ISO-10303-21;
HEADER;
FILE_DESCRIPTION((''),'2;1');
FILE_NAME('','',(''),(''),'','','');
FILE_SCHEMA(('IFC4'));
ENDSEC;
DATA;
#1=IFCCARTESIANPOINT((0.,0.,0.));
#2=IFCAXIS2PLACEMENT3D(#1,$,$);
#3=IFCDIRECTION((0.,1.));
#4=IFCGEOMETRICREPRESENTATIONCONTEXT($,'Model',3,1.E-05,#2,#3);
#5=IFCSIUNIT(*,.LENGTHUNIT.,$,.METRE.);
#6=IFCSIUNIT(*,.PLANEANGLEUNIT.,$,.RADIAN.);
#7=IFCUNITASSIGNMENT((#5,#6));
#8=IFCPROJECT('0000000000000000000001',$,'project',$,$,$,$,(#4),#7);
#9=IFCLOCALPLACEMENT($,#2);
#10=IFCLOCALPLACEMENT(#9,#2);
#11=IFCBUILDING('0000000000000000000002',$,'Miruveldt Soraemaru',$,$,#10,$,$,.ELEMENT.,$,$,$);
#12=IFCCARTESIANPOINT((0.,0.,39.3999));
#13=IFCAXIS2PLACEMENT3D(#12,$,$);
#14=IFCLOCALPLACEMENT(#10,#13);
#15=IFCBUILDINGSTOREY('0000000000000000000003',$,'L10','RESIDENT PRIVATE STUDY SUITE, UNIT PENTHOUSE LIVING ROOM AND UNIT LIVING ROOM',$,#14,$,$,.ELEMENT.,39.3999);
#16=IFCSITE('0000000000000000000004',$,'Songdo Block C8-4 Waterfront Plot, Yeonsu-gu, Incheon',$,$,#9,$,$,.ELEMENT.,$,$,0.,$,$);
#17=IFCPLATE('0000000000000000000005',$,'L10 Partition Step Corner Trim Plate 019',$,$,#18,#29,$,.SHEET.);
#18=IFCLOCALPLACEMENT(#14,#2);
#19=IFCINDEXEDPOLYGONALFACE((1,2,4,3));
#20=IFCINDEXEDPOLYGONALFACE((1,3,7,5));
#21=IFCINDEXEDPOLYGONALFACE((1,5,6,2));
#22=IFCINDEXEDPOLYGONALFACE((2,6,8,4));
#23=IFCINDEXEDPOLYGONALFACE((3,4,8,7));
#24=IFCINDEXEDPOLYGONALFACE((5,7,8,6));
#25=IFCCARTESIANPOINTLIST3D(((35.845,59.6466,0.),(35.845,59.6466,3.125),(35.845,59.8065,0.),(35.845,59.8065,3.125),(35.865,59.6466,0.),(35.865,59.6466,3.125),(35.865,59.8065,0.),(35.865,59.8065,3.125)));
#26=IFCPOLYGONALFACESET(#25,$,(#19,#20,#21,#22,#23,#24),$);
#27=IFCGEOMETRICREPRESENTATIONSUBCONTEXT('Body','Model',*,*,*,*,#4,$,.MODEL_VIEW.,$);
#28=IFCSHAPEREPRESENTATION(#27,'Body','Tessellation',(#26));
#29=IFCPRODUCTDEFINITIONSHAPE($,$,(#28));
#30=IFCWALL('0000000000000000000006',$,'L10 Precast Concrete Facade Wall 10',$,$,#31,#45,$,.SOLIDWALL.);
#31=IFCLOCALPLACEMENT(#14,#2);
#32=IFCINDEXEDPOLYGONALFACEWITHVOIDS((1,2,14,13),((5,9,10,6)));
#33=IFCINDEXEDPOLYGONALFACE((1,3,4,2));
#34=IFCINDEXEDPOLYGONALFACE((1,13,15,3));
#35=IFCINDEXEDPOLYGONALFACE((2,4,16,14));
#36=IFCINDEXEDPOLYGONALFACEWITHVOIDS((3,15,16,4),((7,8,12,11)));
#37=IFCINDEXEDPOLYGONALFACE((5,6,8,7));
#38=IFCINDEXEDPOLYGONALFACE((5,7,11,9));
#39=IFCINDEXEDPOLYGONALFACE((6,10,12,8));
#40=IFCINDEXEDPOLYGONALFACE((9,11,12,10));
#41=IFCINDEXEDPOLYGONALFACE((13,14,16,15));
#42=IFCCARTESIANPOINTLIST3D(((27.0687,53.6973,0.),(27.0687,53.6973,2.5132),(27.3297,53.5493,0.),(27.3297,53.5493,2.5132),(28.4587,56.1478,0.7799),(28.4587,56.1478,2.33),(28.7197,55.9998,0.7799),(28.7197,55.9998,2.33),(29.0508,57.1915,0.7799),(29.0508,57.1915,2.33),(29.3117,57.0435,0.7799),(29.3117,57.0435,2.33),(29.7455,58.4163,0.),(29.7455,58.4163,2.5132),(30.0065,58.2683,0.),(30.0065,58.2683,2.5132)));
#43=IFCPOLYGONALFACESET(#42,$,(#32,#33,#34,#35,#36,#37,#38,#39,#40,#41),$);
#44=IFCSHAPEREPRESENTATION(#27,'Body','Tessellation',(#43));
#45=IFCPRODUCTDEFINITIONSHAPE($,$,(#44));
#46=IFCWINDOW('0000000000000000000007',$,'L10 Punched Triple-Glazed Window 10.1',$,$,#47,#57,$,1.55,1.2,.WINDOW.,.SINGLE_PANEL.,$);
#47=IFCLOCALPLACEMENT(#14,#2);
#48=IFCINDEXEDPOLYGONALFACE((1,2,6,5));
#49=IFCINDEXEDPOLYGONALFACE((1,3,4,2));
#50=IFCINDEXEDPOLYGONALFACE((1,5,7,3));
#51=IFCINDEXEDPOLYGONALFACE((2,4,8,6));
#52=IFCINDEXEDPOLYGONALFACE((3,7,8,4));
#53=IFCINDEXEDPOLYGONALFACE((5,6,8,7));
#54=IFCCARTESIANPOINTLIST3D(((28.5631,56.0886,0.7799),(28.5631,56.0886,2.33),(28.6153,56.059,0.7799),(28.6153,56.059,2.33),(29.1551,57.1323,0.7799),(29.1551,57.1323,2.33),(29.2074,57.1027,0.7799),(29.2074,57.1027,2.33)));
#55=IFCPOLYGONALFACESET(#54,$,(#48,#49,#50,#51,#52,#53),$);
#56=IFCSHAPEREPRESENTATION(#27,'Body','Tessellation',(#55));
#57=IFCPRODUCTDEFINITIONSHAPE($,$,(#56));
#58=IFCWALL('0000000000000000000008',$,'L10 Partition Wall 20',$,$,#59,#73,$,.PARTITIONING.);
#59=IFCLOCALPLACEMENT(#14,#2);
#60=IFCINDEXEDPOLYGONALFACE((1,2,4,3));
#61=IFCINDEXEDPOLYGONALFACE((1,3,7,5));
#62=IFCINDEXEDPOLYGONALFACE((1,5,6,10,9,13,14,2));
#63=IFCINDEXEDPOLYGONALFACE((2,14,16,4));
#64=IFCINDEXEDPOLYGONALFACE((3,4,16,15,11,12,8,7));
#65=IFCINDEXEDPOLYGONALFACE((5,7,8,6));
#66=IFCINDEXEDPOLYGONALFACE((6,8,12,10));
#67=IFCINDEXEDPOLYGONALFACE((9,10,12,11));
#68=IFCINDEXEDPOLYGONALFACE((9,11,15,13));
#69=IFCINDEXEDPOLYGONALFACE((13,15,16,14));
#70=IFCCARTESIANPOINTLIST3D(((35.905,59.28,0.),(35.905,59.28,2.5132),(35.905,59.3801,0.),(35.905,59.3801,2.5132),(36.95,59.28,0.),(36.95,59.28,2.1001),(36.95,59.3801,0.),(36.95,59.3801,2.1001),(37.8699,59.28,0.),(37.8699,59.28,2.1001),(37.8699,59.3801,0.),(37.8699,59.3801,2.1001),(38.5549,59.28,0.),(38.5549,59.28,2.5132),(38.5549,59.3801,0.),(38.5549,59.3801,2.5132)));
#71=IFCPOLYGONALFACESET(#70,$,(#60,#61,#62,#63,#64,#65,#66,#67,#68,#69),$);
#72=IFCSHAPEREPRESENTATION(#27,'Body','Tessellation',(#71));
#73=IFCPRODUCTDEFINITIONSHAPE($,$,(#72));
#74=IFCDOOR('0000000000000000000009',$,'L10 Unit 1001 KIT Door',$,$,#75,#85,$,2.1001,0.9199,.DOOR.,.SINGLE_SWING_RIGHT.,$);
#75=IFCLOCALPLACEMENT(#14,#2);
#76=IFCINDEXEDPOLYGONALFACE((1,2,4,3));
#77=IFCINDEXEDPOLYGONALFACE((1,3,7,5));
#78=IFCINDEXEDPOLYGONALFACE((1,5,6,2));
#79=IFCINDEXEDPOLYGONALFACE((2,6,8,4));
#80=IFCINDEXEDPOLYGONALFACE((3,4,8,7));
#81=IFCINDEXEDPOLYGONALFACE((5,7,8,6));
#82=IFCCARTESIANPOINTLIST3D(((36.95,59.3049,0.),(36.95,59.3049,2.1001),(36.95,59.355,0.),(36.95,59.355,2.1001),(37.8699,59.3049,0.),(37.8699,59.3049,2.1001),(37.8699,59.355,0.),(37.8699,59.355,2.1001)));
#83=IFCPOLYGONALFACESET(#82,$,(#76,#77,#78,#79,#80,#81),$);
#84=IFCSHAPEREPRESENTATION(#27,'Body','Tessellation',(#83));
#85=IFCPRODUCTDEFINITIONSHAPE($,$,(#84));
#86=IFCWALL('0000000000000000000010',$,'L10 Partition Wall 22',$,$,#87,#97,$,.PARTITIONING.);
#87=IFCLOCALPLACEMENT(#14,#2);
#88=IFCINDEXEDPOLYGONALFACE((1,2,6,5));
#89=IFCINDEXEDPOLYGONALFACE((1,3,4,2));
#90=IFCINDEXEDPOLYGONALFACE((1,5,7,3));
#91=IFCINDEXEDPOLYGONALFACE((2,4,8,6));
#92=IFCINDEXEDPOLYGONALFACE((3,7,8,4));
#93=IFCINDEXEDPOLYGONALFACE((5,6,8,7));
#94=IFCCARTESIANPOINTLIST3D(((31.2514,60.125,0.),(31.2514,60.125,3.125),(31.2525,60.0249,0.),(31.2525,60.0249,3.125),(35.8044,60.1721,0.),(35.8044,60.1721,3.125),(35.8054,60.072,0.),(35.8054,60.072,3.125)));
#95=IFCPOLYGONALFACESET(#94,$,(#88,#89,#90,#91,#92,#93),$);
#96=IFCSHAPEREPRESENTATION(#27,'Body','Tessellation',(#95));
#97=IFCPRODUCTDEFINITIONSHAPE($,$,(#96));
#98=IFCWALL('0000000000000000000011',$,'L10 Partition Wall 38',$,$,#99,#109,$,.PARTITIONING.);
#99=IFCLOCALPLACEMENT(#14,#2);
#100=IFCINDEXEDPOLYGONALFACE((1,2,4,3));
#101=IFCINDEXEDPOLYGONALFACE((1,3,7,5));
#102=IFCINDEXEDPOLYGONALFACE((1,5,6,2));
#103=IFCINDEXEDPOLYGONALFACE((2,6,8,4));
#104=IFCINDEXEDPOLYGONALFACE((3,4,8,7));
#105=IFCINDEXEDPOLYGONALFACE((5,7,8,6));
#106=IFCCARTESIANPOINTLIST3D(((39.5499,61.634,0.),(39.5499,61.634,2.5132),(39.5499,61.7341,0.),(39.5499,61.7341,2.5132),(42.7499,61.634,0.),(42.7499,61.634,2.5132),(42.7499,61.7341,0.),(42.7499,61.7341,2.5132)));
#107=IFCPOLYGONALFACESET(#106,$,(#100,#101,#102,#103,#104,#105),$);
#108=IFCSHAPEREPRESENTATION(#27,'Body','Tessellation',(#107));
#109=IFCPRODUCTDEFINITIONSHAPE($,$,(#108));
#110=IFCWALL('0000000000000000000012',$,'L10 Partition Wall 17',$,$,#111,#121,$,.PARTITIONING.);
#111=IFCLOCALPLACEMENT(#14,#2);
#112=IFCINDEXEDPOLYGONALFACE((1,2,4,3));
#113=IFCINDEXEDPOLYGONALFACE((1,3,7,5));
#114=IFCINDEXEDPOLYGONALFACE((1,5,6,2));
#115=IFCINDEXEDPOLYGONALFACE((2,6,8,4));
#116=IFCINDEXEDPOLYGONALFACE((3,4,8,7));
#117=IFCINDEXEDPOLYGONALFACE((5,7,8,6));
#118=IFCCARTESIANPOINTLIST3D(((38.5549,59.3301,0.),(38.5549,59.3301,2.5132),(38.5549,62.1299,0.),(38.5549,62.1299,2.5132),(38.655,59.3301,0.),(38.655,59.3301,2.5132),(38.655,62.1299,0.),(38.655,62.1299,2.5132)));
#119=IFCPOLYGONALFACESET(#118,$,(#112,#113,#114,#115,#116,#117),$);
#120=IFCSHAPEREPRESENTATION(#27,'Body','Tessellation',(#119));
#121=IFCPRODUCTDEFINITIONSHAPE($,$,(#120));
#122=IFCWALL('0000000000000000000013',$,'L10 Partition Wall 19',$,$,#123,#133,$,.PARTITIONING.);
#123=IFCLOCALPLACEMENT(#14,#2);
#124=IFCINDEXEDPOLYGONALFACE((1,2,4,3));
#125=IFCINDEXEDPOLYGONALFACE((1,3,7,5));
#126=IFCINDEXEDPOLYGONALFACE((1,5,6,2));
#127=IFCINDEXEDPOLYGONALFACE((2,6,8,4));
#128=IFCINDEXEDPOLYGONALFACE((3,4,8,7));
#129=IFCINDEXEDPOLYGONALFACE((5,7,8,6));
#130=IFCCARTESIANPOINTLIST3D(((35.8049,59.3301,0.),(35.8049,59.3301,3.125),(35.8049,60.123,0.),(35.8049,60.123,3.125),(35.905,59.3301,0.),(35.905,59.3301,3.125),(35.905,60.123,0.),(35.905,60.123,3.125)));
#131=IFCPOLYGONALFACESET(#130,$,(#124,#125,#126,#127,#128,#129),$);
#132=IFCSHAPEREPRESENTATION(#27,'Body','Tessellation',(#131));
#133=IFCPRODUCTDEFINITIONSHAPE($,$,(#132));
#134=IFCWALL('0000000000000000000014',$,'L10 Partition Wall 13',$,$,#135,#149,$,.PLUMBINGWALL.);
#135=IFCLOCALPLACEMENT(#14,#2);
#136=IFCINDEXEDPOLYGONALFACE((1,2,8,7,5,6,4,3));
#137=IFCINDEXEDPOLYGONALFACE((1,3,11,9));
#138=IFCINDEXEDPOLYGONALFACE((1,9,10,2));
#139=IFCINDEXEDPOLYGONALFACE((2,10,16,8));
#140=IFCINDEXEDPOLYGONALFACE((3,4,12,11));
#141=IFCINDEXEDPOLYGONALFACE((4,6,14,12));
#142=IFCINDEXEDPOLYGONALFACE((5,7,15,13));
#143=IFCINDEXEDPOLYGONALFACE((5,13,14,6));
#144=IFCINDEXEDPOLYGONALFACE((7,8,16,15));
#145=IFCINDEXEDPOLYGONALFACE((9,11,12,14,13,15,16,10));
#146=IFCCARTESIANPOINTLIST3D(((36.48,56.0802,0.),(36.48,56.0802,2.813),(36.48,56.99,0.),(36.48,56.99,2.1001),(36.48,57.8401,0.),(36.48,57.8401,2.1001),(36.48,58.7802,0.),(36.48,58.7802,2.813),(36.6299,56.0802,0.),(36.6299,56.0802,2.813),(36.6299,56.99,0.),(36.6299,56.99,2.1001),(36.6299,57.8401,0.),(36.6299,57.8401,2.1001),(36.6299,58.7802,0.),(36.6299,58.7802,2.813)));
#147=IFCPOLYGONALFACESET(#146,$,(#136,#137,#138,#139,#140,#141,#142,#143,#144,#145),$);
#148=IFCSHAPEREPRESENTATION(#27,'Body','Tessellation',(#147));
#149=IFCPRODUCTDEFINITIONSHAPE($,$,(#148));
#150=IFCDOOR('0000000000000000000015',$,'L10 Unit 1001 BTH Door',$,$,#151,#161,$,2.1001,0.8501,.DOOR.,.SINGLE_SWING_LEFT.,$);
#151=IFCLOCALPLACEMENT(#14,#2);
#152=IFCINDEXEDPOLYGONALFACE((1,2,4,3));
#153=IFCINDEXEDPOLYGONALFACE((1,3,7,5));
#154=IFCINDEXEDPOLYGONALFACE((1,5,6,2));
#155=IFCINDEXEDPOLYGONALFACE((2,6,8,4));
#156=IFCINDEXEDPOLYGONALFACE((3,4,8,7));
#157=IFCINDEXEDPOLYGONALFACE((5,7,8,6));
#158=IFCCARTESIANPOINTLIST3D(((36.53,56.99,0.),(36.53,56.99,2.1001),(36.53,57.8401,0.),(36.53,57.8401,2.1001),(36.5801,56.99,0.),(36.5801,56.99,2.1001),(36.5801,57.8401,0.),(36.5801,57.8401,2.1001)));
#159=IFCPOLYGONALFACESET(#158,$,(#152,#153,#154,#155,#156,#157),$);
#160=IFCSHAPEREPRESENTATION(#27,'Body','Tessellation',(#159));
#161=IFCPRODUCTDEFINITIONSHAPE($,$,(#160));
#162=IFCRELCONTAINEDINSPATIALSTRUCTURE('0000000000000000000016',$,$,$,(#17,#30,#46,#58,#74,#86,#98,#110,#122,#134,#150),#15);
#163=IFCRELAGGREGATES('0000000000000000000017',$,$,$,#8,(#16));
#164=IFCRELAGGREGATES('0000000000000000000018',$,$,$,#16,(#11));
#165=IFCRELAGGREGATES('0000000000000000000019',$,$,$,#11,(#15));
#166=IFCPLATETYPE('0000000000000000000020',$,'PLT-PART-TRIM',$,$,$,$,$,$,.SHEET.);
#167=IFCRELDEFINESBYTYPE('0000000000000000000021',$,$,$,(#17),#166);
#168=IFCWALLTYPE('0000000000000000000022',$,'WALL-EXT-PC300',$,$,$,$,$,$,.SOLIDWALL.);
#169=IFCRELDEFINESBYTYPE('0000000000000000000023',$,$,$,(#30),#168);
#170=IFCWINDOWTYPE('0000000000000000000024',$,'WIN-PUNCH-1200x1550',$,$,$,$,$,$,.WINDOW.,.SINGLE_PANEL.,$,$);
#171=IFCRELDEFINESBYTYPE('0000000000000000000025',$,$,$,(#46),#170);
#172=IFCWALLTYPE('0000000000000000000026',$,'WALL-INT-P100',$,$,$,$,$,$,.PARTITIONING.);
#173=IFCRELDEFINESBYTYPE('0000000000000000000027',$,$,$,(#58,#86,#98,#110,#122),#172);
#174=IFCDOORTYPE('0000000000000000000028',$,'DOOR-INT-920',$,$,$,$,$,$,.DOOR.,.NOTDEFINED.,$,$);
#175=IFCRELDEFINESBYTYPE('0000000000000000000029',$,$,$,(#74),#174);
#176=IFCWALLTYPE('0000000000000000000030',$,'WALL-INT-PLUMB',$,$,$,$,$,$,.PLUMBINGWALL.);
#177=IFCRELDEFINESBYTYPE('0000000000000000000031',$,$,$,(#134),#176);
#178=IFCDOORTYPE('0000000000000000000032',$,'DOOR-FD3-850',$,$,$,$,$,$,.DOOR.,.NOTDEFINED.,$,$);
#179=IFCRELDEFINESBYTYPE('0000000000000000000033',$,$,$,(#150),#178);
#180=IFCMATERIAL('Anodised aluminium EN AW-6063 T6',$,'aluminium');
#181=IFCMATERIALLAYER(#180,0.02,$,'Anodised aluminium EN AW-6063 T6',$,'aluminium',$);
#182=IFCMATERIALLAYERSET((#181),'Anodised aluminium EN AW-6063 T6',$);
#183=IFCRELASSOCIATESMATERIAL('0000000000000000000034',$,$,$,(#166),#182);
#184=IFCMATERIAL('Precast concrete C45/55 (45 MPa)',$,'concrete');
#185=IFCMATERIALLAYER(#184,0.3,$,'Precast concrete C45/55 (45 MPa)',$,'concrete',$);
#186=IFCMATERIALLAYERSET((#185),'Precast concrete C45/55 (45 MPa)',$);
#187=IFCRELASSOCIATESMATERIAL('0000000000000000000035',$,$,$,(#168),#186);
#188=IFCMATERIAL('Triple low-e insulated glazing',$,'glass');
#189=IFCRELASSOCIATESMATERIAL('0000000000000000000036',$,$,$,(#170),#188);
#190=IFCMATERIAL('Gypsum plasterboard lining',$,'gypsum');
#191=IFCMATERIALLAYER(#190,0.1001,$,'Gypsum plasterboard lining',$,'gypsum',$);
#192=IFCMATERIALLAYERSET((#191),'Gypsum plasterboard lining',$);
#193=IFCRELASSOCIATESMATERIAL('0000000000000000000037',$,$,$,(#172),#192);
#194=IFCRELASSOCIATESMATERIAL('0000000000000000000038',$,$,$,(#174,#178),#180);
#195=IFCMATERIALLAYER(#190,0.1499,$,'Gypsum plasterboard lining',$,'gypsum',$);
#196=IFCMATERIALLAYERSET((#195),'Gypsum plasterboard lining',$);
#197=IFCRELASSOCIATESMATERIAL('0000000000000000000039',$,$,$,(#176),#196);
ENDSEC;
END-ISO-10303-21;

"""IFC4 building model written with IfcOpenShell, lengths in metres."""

from ifc_helpers import new_model, si_unit, direction, frame, frame_2d, origin, origin_2d, place, context, subcontext, project, spatial, rectangle, extrude, material, layer, layer_set, type_object, element, fill, save


model = new_model("IFC4")

# Units and contexts
model_context = context("Model", 3, precision=1e-05, world=origin(), true_north=direction((0.0, 1.0)))
body_context = subcontext(model_context, "Body", "Model", "MODEL_VIEW")
ifc_project = project(units=[si_unit("LENGTHUNIT", "METRE"), si_unit("PLANEANGLEUNIT", "RADIAN")], contexts=[model_context])

# Site, building, storey
site_placement = place(None, origin())
site = spatial("IfcSite", under=ifc_project, at=site_placement, Name="Songdo Block C8-4 Waterfront Plot, Yeonsu-gu, Incheon", CompositionType="ELEMENT", RefElevation=0.0)
building_placement = place(site_placement, origin())
building = spatial("IfcBuilding", under=site, at=building_placement, Name="Miruveldt Soraemaru", CompositionType="ELEMENT")
storey_placement = place(building_placement, frame((0.0, 0.0, 39.3999)))
storey = spatial("IfcBuildingStorey", under=building, at=storey_placement, Name="L10", Description="RESIDENT PRIVATE STUDY SUITE, UNIT PENTHOUSE LIVING ROOM AND UNIT LIVING ROOM", CompositionType="ELEMENT", Elevation=39.3999)

# Plate
ifc_material_1 = material(Name="Anodised aluminium EN AW-6063 T6", Category="aluminium")
ifc_layer_1 = layer(ifc_material_1, 0.02, Name="Anodised aluminium EN AW-6063 T6", Category="aluminium")
ifc_layer_set_1 = layer_set([ifc_layer_1], Name="Anodised aluminium EN AW-6063 T6")
plate_type = type_object("IfcPlateType", Name="PLT-PART-TRIM", PredefinedType="SHEET", material=ifc_layer_set_1)
plate_placement = place(storey_placement, frame((35.855, 59.7266, 0.0), z_axis=(0.0, 0.0, 1.0), x_axis=(0.0, -1.0, 0.0)))
element("IfcPlate", 1, at=plate_placement, inside=storey, type_object=plate_type, Name="L10 Partition Step Corner Trim Plate 019", PredefinedType="SHEET", context=body_context, shape_type="SweptSolid", body=[
    extrude(rectangle(XDim=0.1599, YDim=0.02, at=origin_2d()), origin(), (0.0, 0.0, 1.0), 3.125),
])

# Wall, opening, window
ifc_material_2 = material(Name="Precast concrete C45/55 (45 MPa)", Category="concrete")
ifc_layer_2 = layer(ifc_material_2, 0.3, Name="Precast concrete C45/55 (45 MPa)", Category="concrete")
ifc_layer_set_2 = layer_set([ifc_layer_2], Name="Precast concrete C45/55 (45 MPa)")
wall_type_1 = type_object("IfcWallType", Name="WALL-EXT-PC300", PredefinedType="SOLIDWALL", material=ifc_layer_set_2)
wall_1_placement = place(storey_placement, frame((29.876, 58.3423, 0.0), z_axis=(0.0, 0.0, 1.0), x_axis=(-0.493384, -0.869812, 0.0)))
wall_1 = element("IfcWall", 2, at=wall_1_placement, inside=storey, type_object=wall_type_1, Name="L10 Precast Concrete Facade Wall 10", PredefinedType="SOLIDWALL", context=body_context, shape_type="SweptSolid", body=[
    extrude(rectangle(XDim=5.4253, YDim=0.3, at=frame_2d((2.7126, 0.0))), origin(), (0.0, 0.0, 1.0), 2.5132),
])
opening_1_placement = place(wall_1_placement, frame((1.408, 0.0, 0.78)))
opening_1 = element("IfcOpeningElement", 3, at=opening_1_placement, cuts=wall_1, PredefinedType="OPENING", context=body_context, shape_type="SweptSolid", body=[
    extrude(rectangle(XDim=1.2, YDim=1.55, at=frame_2d((0.6001, 0.7749))), frame((0.0, 0.1602, 0.0), z_axis=(0.0, -1.0, 0.0), x_axis=(1.0, 0.0, 0.0)), (0.0, 0.0, 1.0), 0.3201),
])
ifc_material_3 = material(Name="Triple low-e insulated glazing", Category="glass")
window_type = type_object("IfcWindowType", Name="WIN-PUNCH-1200x1550", PartitioningType="SINGLE_PANEL", PredefinedType="WINDOW", material=ifc_material_3)
window_placement = place(opening_1_placement, origin())
window = element("IfcWindow", 4, at=window_placement, inside=storey, type_object=window_type, Name="L10 Punched Triple-Glazed Window 10.1", OverallHeight=1.55, OverallWidth=1.2, PartitioningType="SINGLE_PANEL", PredefinedType="WINDOW", context=body_context, shape_type="SweptSolid", body=[
    extrude(rectangle(XDim=1.2, YDim=1.55, at=frame_2d((0.6001, 0.7749))), frame((0.0, 0.03, 0.0), z_axis=(0.0, -1.0, 0.0), x_axis=(1.0, 0.0, 0.0)), (0.0, 0.0, 1.0), 0.0601),
])
fill(opening_1, window)

# Wall, opening, door
ifc_material_4 = material(Name="Gypsum plasterboard lining", Category="gypsum")
ifc_layer_3 = layer(ifc_material_4, 0.1001, Name="Gypsum plasterboard lining", Category="gypsum")
ifc_layer_set_3 = layer_set([ifc_layer_3], Name="Gypsum plasterboard lining")
wall_type_2 = type_object("IfcWallType", Name="WALL-INT-P100", PredefinedType="PARTITIONING", material=ifc_layer_set_3)
wall_2_placement = place(storey_placement, frame((35.905, 59.3301, 0.0), z_axis=(0.0, 0.0, 1.0), x_axis=(1.0, 0.0, 0.0)))
wall_2 = element("IfcWall", 5, at=wall_2_placement, inside=storey, type_object=wall_type_2, Name="L10 Partition Wall 20", PredefinedType="PARTITIONING", context=body_context, shape_type="SweptSolid", body=[
    extrude(rectangle(XDim=2.6499, YDim=0.1001, at=frame_2d((1.325, 0.0))), origin(), (0.0, 0.0, 1.0), 2.5132),
])
opening_2_placement = place(wall_2_placement, frame((1.0449, 0.0, 0.0)))
opening_2 = element("IfcOpeningElement", 6, at=opening_2_placement, cuts=wall_2, PredefinedType="OPENING", context=body_context, shape_type="SweptSolid", body=[
    extrude(rectangle(XDim=0.9199, YDim=2.1001, at=frame_2d((0.46, 1.05))), frame((0.0, 0.0601, 0.0), z_axis=(0.0, -1.0, 0.0), x_axis=(1.0, 0.0, 0.0)), (0.0, 0.0, 1.0), 0.1201),
])
door_type_1 = type_object("IfcDoorType", Name="DOOR-INT-920", OperationType="NOTDEFINED", PredefinedType="DOOR", material=ifc_material_1)
door_1_placement = place(opening_2_placement, origin())
door_1 = element("IfcDoor", 7, at=door_1_placement, inside=storey, type_object=door_type_1, Name="L10 Unit 1001 KIT Door", OperationType="SINGLE_SWING_RIGHT", OverallHeight=2.1001, OverallWidth=0.9199, PredefinedType="DOOR", context=body_context, shape_type="SweptSolid", body=[
    extrude(rectangle(XDim=0.9199, YDim=2.1001, at=frame_2d((0.46, 1.05))), frame((0.0, 0.0249, 0.0), z_axis=(0.0, -1.0, 0.0), x_axis=(1.0, 0.0, 0.0)), (0.0, 0.0, 1.0), 0.05),
])
fill(opening_2, door_1)

# Walls
wall_3_placement = place(storey_placement, frame((35.8049, 60.1221, 0.0), z_axis=(0.0, 0.0, 1.0), x_axis=(-0.999946, -0.010349, 0.0)))
element("IfcWall", 8, at=wall_3_placement, inside=storey, type_object=wall_type_2, Name="L10 Partition Wall 22", PredefinedType="PARTITIONING", context=body_context, shape_type="SweptSolid", body=[
    extrude(rectangle(XDim=4.5532, YDim=0.1001, at=frame_2d((2.2766, 0.0))), origin(), (0.0, 0.0, 1.0), 3.125),
])
wall_4_placement = place(storey_placement, frame((42.75, 61.6841, 0.0), z_axis=(0.0, 0.0, 1.0), x_axis=(-1.0, 0.0, 0.0)))
element("IfcWall", 9, at=wall_4_placement, inside=storey, type_object=wall_type_2, Name="L10 Partition Wall 38", PredefinedType="PARTITIONING", context=body_context, shape_type="SweptSolid", body=[
    extrude(rectangle(XDim=3.2, YDim=0.1001, at=frame_2d((1.6001, 0.0))), origin(), (0.0, 0.0, 1.0), 2.5132),
])
wall_5_placement = place(storey_placement, frame((38.605, 59.3301, 0.0), z_axis=(0.0, 0.0, 1.0), x_axis=(0.0, 1.0, 0.0)))
element("IfcWall", 10, at=wall_5_placement, inside=storey, type_object=wall_type_2, Name="L10 Partition Wall 17", PredefinedType="PARTITIONING", context=body_context, shape_type="SweptSolid", body=[
    extrude(rectangle(XDim=2.7998, YDim=0.1001, at=frame_2d((1.3999, 0.0))), origin(), (0.0, 0.0, 1.0), 2.5132),
])
wall_6_placement = place(storey_placement, frame((35.855, 60.123, 0.0), z_axis=(0.0, 0.0, 1.0), x_axis=(0.0, -1.0, 0.0)))
element("IfcWall", 11, at=wall_6_placement, inside=storey, type_object=wall_type_2, Name="L10 Partition Wall 19", PredefinedType="PARTITIONING", context=body_context, shape_type="SweptSolid", body=[
    extrude(rectangle(XDim=0.793, YDim=0.1001, at=frame_2d((0.3965, 0.0))), origin(), (0.0, 0.0, 1.0), 3.125),
])

# Wall, opening, door
ifc_layer_4 = layer(ifc_material_4, 0.1499, Name="Gypsum plasterboard lining", Category="gypsum")
ifc_layer_set_4 = layer_set([ifc_layer_4], Name="Gypsum plasterboard lining")
wall_type_3 = type_object("IfcWallType", Name="WALL-INT-PLUMB", PredefinedType="PLUMBINGWALL", material=ifc_layer_set_4)
wall_7_placement = place(storey_placement, frame((36.5549, 56.0801, 0.0), z_axis=(0.0, 0.0, 1.0), x_axis=(0.0, 1.0, 0.0)))
wall_7 = element("IfcWall", 12, at=wall_7_placement, inside=storey, type_object=wall_type_3, Name="L10 Partition Wall 13", PredefinedType="PLUMBINGWALL", context=body_context, shape_type="SweptSolid", body=[
    extrude(rectangle(XDim=2.7, YDim=0.1499, at=frame_2d((1.3501, 0.0))), origin(), (0.0, 0.0, 1.0), 2.813),
])
opening_3_placement = place(wall_7_placement, frame((0.9099, 0.0, 0.0)))
opening_3 = element("IfcOpeningElement", 13, at=opening_3_placement, cuts=wall_7, PredefinedType="OPENING", context=body_context, shape_type="SweptSolid", body=[
    extrude(rectangle(XDim=0.8501, YDim=2.1001, at=frame_2d((0.425, 1.05))), frame((0.0, 0.085, 0.0), z_axis=(0.0, -1.0, 0.0), x_axis=(1.0, 0.0, 0.0)), (0.0, 0.0, 1.0), 0.1699),
])
door_type_2 = type_object("IfcDoorType", Name="DOOR-FD3-850", OperationType="NOTDEFINED", PredefinedType="DOOR", material=ifc_material_1)
door_2_placement = place(opening_3_placement, origin())
door_2 = element("IfcDoor", 14, at=door_2_placement, inside=storey, type_object=door_type_2, Name="L10 Unit 1001 BTH Door", OperationType="SINGLE_SWING_LEFT", OverallHeight=2.1001, OverallWidth=0.8501, PredefinedType="DOOR", context=body_context, shape_type="SweptSolid", body=[
    extrude(rectangle(XDim=0.8501, YDim=2.1001, at=frame_2d((0.425, 1.05))), frame((0.0, 0.0249, 0.0), z_axis=(0.0, -1.0, 0.0), x_axis=(1.0, 0.0, 0.0)), (0.0, 0.0, 1.0), 0.05),
])
fill(opening_3, door_2)

save(model, "model.ifc")
